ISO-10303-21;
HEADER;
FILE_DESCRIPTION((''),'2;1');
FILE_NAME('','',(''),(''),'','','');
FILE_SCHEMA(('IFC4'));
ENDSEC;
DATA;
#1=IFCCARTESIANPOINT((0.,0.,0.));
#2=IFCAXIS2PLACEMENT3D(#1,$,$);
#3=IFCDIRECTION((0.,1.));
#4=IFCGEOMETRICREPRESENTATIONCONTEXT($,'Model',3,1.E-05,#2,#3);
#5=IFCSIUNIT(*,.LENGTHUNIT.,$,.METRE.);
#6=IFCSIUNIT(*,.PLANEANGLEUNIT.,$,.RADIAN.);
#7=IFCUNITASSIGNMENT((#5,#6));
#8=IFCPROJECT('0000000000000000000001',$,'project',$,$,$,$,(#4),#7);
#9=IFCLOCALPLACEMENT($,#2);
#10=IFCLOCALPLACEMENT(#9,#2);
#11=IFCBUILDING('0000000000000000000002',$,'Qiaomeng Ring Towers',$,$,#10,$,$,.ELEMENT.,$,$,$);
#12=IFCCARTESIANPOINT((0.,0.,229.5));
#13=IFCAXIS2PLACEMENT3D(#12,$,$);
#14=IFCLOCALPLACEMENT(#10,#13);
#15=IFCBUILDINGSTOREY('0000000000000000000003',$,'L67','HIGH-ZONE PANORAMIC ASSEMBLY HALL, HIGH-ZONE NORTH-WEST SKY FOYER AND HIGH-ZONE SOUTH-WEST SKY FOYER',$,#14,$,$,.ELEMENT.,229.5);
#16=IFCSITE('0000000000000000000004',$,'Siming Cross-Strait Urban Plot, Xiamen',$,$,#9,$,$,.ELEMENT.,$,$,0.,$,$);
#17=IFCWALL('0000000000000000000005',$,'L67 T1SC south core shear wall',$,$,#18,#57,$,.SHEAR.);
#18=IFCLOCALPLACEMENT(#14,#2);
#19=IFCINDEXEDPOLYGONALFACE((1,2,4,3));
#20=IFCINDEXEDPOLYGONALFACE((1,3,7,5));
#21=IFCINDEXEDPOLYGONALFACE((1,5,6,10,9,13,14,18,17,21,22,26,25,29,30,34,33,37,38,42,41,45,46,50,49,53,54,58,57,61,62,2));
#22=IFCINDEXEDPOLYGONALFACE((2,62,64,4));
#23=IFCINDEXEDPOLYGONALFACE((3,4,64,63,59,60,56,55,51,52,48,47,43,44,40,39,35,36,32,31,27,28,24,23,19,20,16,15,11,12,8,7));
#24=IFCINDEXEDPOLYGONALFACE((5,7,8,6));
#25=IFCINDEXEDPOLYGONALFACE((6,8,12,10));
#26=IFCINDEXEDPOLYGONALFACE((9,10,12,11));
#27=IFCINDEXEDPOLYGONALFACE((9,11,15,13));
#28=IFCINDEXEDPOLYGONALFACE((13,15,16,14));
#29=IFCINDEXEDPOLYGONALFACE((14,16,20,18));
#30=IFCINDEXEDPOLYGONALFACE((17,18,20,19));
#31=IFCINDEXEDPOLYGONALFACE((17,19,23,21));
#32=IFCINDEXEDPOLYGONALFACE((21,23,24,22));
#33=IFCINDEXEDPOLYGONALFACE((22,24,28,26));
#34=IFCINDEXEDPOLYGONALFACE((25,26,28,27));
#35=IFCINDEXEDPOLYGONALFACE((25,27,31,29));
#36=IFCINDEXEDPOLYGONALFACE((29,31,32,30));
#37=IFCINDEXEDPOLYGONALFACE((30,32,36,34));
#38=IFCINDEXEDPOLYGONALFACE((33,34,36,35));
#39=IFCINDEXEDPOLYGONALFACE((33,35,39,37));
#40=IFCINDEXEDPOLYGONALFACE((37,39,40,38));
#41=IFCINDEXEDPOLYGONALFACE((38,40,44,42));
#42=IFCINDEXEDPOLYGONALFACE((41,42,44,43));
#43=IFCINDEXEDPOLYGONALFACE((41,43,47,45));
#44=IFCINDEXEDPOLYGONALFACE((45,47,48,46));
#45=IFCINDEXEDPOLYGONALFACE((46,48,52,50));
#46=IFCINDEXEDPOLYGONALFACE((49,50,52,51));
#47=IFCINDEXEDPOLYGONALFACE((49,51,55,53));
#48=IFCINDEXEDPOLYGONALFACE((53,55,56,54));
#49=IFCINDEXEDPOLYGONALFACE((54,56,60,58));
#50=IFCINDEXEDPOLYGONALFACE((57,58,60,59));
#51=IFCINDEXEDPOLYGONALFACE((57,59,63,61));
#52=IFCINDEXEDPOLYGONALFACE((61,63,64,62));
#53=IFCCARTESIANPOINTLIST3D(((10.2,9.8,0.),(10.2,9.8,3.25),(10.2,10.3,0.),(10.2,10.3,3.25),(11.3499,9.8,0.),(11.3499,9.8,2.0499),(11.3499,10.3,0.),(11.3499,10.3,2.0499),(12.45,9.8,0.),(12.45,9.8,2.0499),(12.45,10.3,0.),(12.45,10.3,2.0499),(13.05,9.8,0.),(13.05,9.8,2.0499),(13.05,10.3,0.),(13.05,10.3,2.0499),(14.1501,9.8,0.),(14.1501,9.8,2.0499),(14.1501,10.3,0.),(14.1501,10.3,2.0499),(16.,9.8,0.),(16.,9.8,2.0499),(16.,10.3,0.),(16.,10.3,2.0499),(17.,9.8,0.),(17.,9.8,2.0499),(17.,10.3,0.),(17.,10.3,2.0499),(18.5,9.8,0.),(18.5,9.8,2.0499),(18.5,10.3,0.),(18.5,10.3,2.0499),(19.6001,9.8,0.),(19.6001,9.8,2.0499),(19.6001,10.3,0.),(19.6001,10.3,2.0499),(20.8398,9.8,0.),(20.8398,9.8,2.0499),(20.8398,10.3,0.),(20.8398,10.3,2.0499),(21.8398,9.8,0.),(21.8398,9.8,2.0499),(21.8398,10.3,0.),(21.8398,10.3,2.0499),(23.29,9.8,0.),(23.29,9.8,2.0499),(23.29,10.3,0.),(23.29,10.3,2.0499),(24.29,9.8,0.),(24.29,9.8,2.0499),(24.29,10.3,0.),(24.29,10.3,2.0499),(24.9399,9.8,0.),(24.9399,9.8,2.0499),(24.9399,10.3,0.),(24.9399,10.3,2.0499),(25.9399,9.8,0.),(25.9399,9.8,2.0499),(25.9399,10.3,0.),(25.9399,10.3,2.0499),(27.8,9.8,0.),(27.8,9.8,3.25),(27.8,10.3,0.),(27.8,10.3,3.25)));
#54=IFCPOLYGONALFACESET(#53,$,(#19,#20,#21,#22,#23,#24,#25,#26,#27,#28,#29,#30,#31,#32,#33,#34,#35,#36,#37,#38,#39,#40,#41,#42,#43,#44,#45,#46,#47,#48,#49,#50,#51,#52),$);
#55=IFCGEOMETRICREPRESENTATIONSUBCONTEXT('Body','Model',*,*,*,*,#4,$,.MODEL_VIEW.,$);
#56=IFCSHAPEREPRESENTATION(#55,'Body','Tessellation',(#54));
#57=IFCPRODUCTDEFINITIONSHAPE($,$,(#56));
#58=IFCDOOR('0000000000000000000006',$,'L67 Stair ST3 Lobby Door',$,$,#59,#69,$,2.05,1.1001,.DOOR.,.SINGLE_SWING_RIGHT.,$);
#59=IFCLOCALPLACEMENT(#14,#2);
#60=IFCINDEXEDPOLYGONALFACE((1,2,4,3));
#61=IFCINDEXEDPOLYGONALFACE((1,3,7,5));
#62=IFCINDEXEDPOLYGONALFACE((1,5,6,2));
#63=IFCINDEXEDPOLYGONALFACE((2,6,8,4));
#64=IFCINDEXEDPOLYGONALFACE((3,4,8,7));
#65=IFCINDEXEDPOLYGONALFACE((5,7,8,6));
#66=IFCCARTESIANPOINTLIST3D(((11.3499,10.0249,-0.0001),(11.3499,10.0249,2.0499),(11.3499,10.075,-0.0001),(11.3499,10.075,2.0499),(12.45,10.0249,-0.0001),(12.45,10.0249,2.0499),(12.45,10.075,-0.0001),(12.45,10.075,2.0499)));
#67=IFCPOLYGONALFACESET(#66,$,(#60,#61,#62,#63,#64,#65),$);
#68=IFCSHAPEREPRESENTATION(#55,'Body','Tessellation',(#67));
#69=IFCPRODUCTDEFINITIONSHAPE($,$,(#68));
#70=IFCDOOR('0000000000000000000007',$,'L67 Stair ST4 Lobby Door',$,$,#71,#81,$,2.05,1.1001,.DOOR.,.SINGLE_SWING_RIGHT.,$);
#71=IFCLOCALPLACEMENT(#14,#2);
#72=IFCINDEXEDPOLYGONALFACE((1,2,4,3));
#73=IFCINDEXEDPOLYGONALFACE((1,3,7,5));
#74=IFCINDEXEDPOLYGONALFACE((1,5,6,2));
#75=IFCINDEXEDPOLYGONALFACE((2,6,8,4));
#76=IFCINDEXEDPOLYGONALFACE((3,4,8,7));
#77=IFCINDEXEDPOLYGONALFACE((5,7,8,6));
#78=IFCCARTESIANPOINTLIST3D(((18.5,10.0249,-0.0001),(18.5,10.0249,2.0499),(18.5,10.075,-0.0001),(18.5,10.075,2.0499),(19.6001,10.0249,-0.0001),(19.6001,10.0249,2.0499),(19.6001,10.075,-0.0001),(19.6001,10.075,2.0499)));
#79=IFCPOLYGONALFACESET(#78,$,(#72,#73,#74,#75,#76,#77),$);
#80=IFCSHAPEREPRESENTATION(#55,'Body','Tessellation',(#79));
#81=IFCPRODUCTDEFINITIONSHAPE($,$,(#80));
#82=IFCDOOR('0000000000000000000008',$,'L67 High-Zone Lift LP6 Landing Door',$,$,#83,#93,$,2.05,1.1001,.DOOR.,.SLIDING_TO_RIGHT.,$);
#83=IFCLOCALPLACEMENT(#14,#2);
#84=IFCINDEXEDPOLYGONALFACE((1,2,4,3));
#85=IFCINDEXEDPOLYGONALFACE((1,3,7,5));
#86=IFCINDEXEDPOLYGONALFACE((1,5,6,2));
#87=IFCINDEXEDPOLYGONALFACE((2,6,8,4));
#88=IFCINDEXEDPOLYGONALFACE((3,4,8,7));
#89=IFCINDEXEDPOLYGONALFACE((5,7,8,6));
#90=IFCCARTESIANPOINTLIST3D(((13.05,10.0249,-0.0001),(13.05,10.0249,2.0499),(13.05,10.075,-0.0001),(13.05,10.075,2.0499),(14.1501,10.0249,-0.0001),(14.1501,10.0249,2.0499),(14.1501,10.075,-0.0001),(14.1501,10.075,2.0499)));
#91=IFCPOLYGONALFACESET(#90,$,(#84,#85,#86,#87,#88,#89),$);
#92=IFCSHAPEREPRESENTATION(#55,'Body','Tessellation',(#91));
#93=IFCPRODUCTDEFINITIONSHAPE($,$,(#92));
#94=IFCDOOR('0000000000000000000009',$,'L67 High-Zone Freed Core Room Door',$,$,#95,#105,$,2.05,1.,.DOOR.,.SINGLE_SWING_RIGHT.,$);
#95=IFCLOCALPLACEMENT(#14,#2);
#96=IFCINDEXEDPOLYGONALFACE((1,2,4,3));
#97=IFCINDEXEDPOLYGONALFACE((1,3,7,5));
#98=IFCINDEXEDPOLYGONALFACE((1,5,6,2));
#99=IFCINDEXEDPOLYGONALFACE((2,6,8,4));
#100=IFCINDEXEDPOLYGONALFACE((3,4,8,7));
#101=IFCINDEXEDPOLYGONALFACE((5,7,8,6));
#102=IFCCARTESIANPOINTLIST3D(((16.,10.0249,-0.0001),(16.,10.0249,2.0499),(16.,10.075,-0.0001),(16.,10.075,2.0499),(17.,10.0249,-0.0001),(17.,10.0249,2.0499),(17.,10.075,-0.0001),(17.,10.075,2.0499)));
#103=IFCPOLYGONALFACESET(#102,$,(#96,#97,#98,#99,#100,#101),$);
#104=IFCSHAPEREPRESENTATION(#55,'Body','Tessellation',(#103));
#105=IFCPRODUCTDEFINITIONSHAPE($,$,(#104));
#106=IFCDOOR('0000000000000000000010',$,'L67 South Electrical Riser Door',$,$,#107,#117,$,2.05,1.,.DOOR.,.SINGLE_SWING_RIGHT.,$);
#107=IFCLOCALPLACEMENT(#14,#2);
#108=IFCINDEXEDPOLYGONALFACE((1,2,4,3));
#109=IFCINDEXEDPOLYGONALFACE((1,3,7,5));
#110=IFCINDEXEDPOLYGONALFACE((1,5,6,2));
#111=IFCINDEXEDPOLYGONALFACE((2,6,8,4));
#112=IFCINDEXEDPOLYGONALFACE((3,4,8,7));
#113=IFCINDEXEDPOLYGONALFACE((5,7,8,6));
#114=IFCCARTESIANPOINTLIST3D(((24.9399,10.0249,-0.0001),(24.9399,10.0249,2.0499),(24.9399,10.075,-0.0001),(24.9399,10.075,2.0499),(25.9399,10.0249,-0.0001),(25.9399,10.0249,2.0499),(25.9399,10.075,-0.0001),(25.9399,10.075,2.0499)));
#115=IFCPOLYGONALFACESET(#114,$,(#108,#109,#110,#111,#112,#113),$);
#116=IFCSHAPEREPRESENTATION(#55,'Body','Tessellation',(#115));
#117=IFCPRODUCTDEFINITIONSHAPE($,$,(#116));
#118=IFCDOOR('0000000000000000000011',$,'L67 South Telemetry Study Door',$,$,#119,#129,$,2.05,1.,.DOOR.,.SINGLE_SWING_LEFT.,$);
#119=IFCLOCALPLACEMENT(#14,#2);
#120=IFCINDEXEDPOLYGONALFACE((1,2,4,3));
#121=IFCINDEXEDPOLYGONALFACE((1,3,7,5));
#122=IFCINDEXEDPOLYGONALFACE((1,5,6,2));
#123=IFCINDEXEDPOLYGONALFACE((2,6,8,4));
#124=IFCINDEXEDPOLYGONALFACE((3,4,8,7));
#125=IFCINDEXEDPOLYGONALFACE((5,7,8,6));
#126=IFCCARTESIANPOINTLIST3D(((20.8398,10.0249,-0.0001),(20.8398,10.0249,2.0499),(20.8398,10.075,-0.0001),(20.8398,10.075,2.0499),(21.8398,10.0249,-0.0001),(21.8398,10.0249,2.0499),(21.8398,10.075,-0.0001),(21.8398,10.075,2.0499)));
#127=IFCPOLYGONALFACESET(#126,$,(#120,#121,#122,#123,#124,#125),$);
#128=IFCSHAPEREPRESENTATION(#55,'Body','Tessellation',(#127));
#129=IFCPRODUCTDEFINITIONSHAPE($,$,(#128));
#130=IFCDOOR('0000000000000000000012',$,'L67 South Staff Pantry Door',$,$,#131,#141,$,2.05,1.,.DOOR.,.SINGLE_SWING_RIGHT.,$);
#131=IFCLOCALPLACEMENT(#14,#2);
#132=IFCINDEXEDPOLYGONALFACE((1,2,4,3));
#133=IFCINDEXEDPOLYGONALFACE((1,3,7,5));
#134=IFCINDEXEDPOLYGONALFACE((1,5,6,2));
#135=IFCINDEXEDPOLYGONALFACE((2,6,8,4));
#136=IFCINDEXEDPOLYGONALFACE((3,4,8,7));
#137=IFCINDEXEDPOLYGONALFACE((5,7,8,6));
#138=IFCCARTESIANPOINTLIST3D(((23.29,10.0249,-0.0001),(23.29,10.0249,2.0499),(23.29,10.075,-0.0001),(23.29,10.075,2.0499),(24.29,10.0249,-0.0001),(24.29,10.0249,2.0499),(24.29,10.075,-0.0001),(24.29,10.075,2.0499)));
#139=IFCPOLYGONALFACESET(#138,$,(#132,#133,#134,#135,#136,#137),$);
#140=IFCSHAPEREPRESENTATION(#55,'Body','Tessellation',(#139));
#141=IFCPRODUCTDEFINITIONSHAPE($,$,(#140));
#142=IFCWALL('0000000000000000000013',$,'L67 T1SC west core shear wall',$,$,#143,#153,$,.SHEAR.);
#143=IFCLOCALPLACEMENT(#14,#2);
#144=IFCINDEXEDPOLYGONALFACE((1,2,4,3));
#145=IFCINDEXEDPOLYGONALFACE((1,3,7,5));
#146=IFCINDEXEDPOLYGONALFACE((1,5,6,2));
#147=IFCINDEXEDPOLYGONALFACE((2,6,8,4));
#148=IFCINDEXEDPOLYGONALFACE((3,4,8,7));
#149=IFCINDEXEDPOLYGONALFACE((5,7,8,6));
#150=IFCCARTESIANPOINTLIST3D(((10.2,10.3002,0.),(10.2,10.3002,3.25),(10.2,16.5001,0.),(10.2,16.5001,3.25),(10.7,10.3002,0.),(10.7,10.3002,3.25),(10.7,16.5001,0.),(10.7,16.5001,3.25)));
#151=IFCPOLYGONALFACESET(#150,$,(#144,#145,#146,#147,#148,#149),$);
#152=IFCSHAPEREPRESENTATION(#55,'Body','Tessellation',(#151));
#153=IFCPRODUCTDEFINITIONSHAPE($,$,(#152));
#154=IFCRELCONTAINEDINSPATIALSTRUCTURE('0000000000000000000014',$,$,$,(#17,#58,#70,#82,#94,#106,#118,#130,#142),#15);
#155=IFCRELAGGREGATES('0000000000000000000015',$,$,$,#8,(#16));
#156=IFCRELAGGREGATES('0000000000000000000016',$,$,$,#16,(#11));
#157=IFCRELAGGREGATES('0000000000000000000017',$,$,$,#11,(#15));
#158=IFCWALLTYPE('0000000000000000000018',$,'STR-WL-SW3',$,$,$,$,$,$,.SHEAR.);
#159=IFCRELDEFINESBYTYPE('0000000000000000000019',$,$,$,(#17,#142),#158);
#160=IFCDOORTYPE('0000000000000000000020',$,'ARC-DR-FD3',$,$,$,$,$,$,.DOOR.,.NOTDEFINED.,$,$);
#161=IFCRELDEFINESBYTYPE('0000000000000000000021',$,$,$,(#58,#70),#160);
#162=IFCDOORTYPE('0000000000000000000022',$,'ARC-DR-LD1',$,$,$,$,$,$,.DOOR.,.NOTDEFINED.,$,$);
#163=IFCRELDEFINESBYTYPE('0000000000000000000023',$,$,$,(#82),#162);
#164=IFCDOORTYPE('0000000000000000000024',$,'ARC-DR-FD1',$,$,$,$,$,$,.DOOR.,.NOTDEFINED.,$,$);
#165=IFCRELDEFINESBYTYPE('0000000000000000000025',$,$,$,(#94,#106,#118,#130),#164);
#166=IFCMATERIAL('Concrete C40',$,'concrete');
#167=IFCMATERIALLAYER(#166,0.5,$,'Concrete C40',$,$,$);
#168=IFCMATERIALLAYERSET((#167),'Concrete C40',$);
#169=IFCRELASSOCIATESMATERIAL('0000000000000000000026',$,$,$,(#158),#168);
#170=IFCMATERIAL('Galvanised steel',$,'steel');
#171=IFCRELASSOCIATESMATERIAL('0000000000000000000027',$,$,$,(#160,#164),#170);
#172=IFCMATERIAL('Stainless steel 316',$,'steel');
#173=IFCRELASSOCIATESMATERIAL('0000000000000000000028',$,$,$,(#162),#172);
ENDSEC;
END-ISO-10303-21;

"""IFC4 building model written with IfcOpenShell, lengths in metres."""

from ifc_helpers import new_model, si_unit, direction, frame, frame_2d, origin, place, context, subcontext, project, spatial, rectangle, extrude, source, transform, mapped, material, layer, layer_set, type_object, element, fill, save


model = new_model("IFC4")

# Units and contexts
model_context = context("Model", 3, precision=1e-05, world=origin(), true_north=direction((0.0, 1.0)))
body_context = subcontext(model_context, "Body", "Model", "MODEL_VIEW")
ifc_project = project(units=[si_unit("LENGTHUNIT", "METRE"), si_unit("PLANEANGLEUNIT", "RADIAN")], contexts=[model_context])

# Site, building, storey
site_placement = place(None, origin())
site = spatial("IfcSite", under=ifc_project, at=site_placement, Name="Siming Cross-Strait Urban Plot, Xiamen", CompositionType="ELEMENT", RefElevation=0.0)
building_placement = place(site_placement, origin())
building = spatial("IfcBuilding", under=site, at=building_placement, Name="Qiaomeng Ring Towers", CompositionType="ELEMENT")
storey_placement = place(building_placement, frame((0.0, 0.0, 229.5)))
storey = spatial("IfcBuildingStorey", under=building, at=storey_placement, Name="L67", Description="HIGH-ZONE PANORAMIC ASSEMBLY HALL, HIGH-ZONE NORTH-WEST SKY FOYER AND HIGH-ZONE SOUTH-WEST SKY FOYER", CompositionType="ELEMENT", Elevation=229.5)

# Shared definitions
shared_shape_1 = source(origin(), body_context, "Body", "SweptSolid", [
    extrude(rectangle(XDim=1.0, YDim=2.05, at=frame_2d((0.5, 1.0249))), frame((0.0, 0.0249, 0.0), z_axis=(0.0, -1.0, 0.0), x_axis=(1.0, 0.0, 0.0)), (0.0, 0.0, 1.0), 0.05),
])

# Shared definitions
ifc_material_1 = material(Name="Concrete C40", Category="concrete")

# Wall, openings, doors
ifc_layer_1 = layer(ifc_material_1, 0.5, Name="Concrete C40")
ifc_layer_set_1 = layer_set([ifc_layer_1], Name="Concrete C40")
wall_type_1 = type_object("IfcWallType", Name="STR-WL-SW3", PredefinedType="SHEAR", material=ifc_layer_set_1)
wall_1_placement = place(storey_placement, frame((10.2, 10.05, 0.0), z_axis=(0.0, 0.0, 1.0), x_axis=(1.0, 0.0, 0.0)))
wall_1 = element("IfcWall", 1, at=wall_1_placement, inside=storey, type_object=wall_type_1, Name="L67 T1SC south core shear wall", PredefinedType="SHEAR", context=body_context, shape_type="SweptSolid", body=[
    extrude(rectangle(XDim=17.6001, YDim=0.5, at=frame_2d((8.8, 0.0))), origin(), (0.0, 0.0, 1.0), 3.25),
])
opening_1_placement = place(wall_1_placement, frame((1.1499, 0.0, 0.0)))
opening_1 = element("IfcOpeningElement", 2, at=opening_1_placement, cuts=wall_1, PredefinedType="OPENING", context=body_context, shape_type="SweptSolid", body=[
    extrude(rectangle(XDim=1.1001, YDim=2.05, at=frame_2d((0.55, 1.0249))), frame((0.0, 0.26, 0.0), z_axis=(0.0, -1.0, 0.0), x_axis=(1.0, 0.0, 0.0)), (0.0, 0.0, 1.0), 0.52),
])
opening_2_placement = place(wall_1_placement, frame((8.3, 0.0, 0.0)))
opening_2 = element("IfcOpeningElement", 3, at=opening_2_placement, cuts=wall_1, PredefinedType="OPENING", context=body_context, shape_type="SweptSolid", body=[
    extrude(rectangle(XDim=1.1001, YDim=2.05, at=frame_2d((0.55, 1.0249))), frame((0.0, 0.26, 0.0), z_axis=(0.0, -1.0, 0.0), x_axis=(1.0, 0.0, 0.0)), (0.0, 0.0, 1.0), 0.52),
])
opening_3_placement = place(wall_1_placement, frame((2.8501, 0.0, 0.0)))
opening_3 = element("IfcOpeningElement", 4, at=opening_3_placement, cuts=wall_1, PredefinedType="OPENING", context=body_context, shape_type="SweptSolid", body=[
    extrude(rectangle(XDim=1.1001, YDim=2.05, at=frame_2d((0.55, 1.0249))), frame((0.0, 0.26, 0.0), z_axis=(0.0, -1.0, 0.0), x_axis=(1.0, 0.0, 0.0)), (0.0, 0.0, 1.0), 0.52),
])
opening_4_placement = place(wall_1_placement, frame((5.8, 0.0, 0.0)))
opening_4 = element("IfcOpeningElement", 5, at=opening_4_placement, cuts=wall_1, PredefinedType="OPENING", context=body_context, shape_type="SweptSolid", body=[
    extrude(rectangle(XDim=1.0, YDim=2.05, at=frame_2d((0.5, 1.0249))), frame((0.0, 0.26, 0.0), z_axis=(0.0, -1.0, 0.0), x_axis=(1.0, 0.0, 0.0)), (0.0, 0.0, 1.0), 0.52),
])
opening_5_placement = place(wall_1_placement, frame((14.74, 0.0, 0.0)))
opening_5 = element("IfcOpeningElement", 6, at=opening_5_placement, cuts=wall_1, PredefinedType="OPENING", context=body_context, shape_type="SweptSolid", body=[
    extrude(rectangle(XDim=1.0, YDim=2.05, at=frame_2d((0.5, 1.0249))), frame((0.0, 0.26, 0.0), z_axis=(0.0, -1.0, 0.0), x_axis=(1.0, 0.0, 0.0)), (0.0, 0.0, 1.0), 0.52),
])
opening_6_placement = place(wall_1_placement, frame((10.6399, 0.0, 0.0)))
opening_6 = element("IfcOpeningElement", 7, at=opening_6_placement, cuts=wall_1, PredefinedType="OPENING", context=body_context, shape_type="SweptSolid", body=[
    extrude(rectangle(XDim=1.0, YDim=2.05, at=frame_2d((0.5, 1.0249))), frame((0.0, 0.26, 0.0), z_axis=(0.0, -1.0, 0.0), x_axis=(1.0, 0.0, 0.0)), (0.0, 0.0, 1.0), 0.52),
])
opening_7_placement = place(wall_1_placement, frame((13.0901, 0.0, 0.0)))
opening_7 = element("IfcOpeningElement", 8, at=opening_7_placement, cuts=wall_1, PredefinedType="OPENING", context=body_context, shape_type="SweptSolid", body=[
    extrude(rectangle(XDim=1.0, YDim=2.05, at=frame_2d((0.5, 1.0249))), frame((0.0, 0.26, 0.0), z_axis=(0.0, -1.0, 0.0), x_axis=(1.0, 0.0, 0.0)), (0.0, 0.0, 1.0), 0.52),
])
ifc_material_2 = material(Name="Galvanised steel", Category="steel")
door_type_1 = type_object("IfcDoorType", Name="ARC-DR-FD3", OperationType="NOTDEFINED", PredefinedType="DOOR", material=ifc_material_2)
shared_shape_2 = source(origin(), body_context, "Body", "SweptSolid", [
    extrude(rectangle(XDim=1.1001, YDim=2.05, at=frame_2d((0.55, 1.0249))), frame((0.0, 0.0249, 0.0), z_axis=(0.0, -1.0, 0.0), x_axis=(1.0, 0.0, 0.0)), (0.0, 0.0, 1.0), 0.05),
])
door_1_placement = place(opening_1_placement, origin())
door_1 = element("IfcDoor", 9, at=door_1_placement, inside=storey, type_object=door_type_1, Name="L67 Stair ST3 Lobby Door", OperationType="SINGLE_SWING_RIGHT", OverallHeight=2.05, OverallWidth=1.1001, PredefinedType="DOOR", context=body_context, shape_type="MappedRepresentation", body=[
    mapped(shared_shape_2, transform((0.0, 0.0, 0.0), x_axis=(1.0, 0.0, 0.0), y_axis=(0.0, 1.0, 0.0), z_axis=(0.0, 0.0, 1.0), scale=1.0)),
])
fill(opening_1, door_1)
door_2_placement = place(opening_2_placement, origin())
door_2 = element("IfcDoor", 10, at=door_2_placement, inside=storey, type_object=door_type_1, Name="L67 Stair ST4 Lobby Door", OperationType="SINGLE_SWING_RIGHT", OverallHeight=2.05, OverallWidth=1.1001, PredefinedType="DOOR", context=body_context, shape_type="MappedRepresentation", body=[
    mapped(shared_shape_2, transform((0.0, 0.0, 0.0), x_axis=(1.0, 0.0, 0.0), y_axis=(0.0, 1.0, 0.0), z_axis=(0.0, 0.0, 1.0), scale=1.0)),
])
fill(opening_2, door_2)
ifc_material_3 = material(Name="Stainless steel 316", Category="steel")
door_type_2 = type_object("IfcDoorType", Name="ARC-DR-LD1", OperationType="NOTDEFINED", PredefinedType="DOOR", material=ifc_material_3)
door_3_placement = place(opening_3_placement, origin())
door_3 = element("IfcDoor", 11, at=door_3_placement, inside=storey, type_object=door_type_2, Name="L67 High-Zone Lift LP6 Landing Door", OperationType="SLIDING_TO_RIGHT", OverallHeight=2.05, OverallWidth=1.1001, PredefinedType="DOOR", context=body_context, shape_type="MappedRepresentation", body=[
    mapped(shared_shape_2, transform((0.0, 0.0, 0.0), x_axis=(1.0, 0.0, 0.0), y_axis=(0.0, 1.0, 0.0), z_axis=(0.0, 0.0, 1.0), scale=1.0)),
])
fill(opening_3, door_3)
door_type_3 = type_object("IfcDoorType", Name="ARC-DR-FD1", OperationType="NOTDEFINED", PredefinedType="DOOR", material=ifc_material_2)
door_4_placement = place(opening_4_placement, origin())
door_4 = element("IfcDoor", 12, at=door_4_placement, inside=storey, type_object=door_type_3, Name="L67 High-Zone Freed Core Room Door", OperationType="SINGLE_SWING_RIGHT", OverallHeight=2.05, OverallWidth=1.0, PredefinedType="DOOR", context=body_context, shape_type="MappedRepresentation", body=[
    mapped(shared_shape_1, transform((0.0, 0.0, 0.0), x_axis=(1.0, 0.0, 0.0), y_axis=(0.0, 1.0, 0.0), z_axis=(0.0, 0.0, 1.0), scale=1.0)),
])
fill(opening_4, door_4)
door_5_placement = place(opening_5_placement, origin())
door_5 = element("IfcDoor", 13, at=door_5_placement, inside=storey, type_object=door_type_3, Name="L67 South Electrical Riser Door", OperationType="SINGLE_SWING_RIGHT", OverallHeight=2.05, OverallWidth=1.0, PredefinedType="DOOR", context=body_context, shape_type="MappedRepresentation", body=[
    mapped(shared_shape_1, transform((0.0, 0.0, 0.0), x_axis=(1.0, 0.0, 0.0), y_axis=(0.0, 1.0, 0.0), z_axis=(0.0, 0.0, 1.0), scale=1.0)),
])
fill(opening_5, door_5)
door_6_placement = place(opening_6_placement, origin())
door_6 = element("IfcDoor", 14, at=door_6_placement, inside=storey, type_object=door_type_3, Name="L67 South Telemetry Study Door", OperationType="SINGLE_SWING_LEFT", OverallHeight=2.05, OverallWidth=1.0, PredefinedType="DOOR", context=body_context, shape_type="MappedRepresentation", body=[
    mapped(shared_shape_1, transform((0.0, 0.0, 0.0), x_axis=(1.0, 0.0, 0.0), y_axis=(0.0, 1.0, 0.0), z_axis=(0.0, 0.0, 1.0), scale=1.0)),
])
fill(opening_6, door_6)
door_7_placement = place(opening_7_placement, origin())
door_7 = element("IfcDoor", 15, at=door_7_placement, inside=storey, type_object=door_type_3, Name="L67 South Staff Pantry Door", OperationType="SINGLE_SWING_RIGHT", OverallHeight=2.05, OverallWidth=1.0, PredefinedType="DOOR", context=body_context, shape_type="MappedRepresentation", body=[
    mapped(shared_shape_1, transform((0.0, 0.0, 0.0), x_axis=(1.0, 0.0, 0.0), y_axis=(0.0, 1.0, 0.0), z_axis=(0.0, 0.0, 1.0), scale=1.0)),
])
fill(opening_7, door_7)

# Wall
wall_2_placement = place(storey_placement, frame((10.45, 10.3, 0.0), z_axis=(0.0, 0.0, 1.0), x_axis=(0.0, 1.0, 0.0)))
element("IfcWall", 16, at=wall_2_placement, inside=storey, type_object=wall_type_1, Name="L67 T1SC west core shear wall", PredefinedType="SHEAR", context=body_context, shape_type="SweptSolid", body=[
    extrude(rectangle(XDim=6.2, YDim=0.5, at=frame_2d((3.1001, 0.0))), origin(), (0.0, 0.0, 1.0), 3.25),
])

save(model, "model.ifc")
